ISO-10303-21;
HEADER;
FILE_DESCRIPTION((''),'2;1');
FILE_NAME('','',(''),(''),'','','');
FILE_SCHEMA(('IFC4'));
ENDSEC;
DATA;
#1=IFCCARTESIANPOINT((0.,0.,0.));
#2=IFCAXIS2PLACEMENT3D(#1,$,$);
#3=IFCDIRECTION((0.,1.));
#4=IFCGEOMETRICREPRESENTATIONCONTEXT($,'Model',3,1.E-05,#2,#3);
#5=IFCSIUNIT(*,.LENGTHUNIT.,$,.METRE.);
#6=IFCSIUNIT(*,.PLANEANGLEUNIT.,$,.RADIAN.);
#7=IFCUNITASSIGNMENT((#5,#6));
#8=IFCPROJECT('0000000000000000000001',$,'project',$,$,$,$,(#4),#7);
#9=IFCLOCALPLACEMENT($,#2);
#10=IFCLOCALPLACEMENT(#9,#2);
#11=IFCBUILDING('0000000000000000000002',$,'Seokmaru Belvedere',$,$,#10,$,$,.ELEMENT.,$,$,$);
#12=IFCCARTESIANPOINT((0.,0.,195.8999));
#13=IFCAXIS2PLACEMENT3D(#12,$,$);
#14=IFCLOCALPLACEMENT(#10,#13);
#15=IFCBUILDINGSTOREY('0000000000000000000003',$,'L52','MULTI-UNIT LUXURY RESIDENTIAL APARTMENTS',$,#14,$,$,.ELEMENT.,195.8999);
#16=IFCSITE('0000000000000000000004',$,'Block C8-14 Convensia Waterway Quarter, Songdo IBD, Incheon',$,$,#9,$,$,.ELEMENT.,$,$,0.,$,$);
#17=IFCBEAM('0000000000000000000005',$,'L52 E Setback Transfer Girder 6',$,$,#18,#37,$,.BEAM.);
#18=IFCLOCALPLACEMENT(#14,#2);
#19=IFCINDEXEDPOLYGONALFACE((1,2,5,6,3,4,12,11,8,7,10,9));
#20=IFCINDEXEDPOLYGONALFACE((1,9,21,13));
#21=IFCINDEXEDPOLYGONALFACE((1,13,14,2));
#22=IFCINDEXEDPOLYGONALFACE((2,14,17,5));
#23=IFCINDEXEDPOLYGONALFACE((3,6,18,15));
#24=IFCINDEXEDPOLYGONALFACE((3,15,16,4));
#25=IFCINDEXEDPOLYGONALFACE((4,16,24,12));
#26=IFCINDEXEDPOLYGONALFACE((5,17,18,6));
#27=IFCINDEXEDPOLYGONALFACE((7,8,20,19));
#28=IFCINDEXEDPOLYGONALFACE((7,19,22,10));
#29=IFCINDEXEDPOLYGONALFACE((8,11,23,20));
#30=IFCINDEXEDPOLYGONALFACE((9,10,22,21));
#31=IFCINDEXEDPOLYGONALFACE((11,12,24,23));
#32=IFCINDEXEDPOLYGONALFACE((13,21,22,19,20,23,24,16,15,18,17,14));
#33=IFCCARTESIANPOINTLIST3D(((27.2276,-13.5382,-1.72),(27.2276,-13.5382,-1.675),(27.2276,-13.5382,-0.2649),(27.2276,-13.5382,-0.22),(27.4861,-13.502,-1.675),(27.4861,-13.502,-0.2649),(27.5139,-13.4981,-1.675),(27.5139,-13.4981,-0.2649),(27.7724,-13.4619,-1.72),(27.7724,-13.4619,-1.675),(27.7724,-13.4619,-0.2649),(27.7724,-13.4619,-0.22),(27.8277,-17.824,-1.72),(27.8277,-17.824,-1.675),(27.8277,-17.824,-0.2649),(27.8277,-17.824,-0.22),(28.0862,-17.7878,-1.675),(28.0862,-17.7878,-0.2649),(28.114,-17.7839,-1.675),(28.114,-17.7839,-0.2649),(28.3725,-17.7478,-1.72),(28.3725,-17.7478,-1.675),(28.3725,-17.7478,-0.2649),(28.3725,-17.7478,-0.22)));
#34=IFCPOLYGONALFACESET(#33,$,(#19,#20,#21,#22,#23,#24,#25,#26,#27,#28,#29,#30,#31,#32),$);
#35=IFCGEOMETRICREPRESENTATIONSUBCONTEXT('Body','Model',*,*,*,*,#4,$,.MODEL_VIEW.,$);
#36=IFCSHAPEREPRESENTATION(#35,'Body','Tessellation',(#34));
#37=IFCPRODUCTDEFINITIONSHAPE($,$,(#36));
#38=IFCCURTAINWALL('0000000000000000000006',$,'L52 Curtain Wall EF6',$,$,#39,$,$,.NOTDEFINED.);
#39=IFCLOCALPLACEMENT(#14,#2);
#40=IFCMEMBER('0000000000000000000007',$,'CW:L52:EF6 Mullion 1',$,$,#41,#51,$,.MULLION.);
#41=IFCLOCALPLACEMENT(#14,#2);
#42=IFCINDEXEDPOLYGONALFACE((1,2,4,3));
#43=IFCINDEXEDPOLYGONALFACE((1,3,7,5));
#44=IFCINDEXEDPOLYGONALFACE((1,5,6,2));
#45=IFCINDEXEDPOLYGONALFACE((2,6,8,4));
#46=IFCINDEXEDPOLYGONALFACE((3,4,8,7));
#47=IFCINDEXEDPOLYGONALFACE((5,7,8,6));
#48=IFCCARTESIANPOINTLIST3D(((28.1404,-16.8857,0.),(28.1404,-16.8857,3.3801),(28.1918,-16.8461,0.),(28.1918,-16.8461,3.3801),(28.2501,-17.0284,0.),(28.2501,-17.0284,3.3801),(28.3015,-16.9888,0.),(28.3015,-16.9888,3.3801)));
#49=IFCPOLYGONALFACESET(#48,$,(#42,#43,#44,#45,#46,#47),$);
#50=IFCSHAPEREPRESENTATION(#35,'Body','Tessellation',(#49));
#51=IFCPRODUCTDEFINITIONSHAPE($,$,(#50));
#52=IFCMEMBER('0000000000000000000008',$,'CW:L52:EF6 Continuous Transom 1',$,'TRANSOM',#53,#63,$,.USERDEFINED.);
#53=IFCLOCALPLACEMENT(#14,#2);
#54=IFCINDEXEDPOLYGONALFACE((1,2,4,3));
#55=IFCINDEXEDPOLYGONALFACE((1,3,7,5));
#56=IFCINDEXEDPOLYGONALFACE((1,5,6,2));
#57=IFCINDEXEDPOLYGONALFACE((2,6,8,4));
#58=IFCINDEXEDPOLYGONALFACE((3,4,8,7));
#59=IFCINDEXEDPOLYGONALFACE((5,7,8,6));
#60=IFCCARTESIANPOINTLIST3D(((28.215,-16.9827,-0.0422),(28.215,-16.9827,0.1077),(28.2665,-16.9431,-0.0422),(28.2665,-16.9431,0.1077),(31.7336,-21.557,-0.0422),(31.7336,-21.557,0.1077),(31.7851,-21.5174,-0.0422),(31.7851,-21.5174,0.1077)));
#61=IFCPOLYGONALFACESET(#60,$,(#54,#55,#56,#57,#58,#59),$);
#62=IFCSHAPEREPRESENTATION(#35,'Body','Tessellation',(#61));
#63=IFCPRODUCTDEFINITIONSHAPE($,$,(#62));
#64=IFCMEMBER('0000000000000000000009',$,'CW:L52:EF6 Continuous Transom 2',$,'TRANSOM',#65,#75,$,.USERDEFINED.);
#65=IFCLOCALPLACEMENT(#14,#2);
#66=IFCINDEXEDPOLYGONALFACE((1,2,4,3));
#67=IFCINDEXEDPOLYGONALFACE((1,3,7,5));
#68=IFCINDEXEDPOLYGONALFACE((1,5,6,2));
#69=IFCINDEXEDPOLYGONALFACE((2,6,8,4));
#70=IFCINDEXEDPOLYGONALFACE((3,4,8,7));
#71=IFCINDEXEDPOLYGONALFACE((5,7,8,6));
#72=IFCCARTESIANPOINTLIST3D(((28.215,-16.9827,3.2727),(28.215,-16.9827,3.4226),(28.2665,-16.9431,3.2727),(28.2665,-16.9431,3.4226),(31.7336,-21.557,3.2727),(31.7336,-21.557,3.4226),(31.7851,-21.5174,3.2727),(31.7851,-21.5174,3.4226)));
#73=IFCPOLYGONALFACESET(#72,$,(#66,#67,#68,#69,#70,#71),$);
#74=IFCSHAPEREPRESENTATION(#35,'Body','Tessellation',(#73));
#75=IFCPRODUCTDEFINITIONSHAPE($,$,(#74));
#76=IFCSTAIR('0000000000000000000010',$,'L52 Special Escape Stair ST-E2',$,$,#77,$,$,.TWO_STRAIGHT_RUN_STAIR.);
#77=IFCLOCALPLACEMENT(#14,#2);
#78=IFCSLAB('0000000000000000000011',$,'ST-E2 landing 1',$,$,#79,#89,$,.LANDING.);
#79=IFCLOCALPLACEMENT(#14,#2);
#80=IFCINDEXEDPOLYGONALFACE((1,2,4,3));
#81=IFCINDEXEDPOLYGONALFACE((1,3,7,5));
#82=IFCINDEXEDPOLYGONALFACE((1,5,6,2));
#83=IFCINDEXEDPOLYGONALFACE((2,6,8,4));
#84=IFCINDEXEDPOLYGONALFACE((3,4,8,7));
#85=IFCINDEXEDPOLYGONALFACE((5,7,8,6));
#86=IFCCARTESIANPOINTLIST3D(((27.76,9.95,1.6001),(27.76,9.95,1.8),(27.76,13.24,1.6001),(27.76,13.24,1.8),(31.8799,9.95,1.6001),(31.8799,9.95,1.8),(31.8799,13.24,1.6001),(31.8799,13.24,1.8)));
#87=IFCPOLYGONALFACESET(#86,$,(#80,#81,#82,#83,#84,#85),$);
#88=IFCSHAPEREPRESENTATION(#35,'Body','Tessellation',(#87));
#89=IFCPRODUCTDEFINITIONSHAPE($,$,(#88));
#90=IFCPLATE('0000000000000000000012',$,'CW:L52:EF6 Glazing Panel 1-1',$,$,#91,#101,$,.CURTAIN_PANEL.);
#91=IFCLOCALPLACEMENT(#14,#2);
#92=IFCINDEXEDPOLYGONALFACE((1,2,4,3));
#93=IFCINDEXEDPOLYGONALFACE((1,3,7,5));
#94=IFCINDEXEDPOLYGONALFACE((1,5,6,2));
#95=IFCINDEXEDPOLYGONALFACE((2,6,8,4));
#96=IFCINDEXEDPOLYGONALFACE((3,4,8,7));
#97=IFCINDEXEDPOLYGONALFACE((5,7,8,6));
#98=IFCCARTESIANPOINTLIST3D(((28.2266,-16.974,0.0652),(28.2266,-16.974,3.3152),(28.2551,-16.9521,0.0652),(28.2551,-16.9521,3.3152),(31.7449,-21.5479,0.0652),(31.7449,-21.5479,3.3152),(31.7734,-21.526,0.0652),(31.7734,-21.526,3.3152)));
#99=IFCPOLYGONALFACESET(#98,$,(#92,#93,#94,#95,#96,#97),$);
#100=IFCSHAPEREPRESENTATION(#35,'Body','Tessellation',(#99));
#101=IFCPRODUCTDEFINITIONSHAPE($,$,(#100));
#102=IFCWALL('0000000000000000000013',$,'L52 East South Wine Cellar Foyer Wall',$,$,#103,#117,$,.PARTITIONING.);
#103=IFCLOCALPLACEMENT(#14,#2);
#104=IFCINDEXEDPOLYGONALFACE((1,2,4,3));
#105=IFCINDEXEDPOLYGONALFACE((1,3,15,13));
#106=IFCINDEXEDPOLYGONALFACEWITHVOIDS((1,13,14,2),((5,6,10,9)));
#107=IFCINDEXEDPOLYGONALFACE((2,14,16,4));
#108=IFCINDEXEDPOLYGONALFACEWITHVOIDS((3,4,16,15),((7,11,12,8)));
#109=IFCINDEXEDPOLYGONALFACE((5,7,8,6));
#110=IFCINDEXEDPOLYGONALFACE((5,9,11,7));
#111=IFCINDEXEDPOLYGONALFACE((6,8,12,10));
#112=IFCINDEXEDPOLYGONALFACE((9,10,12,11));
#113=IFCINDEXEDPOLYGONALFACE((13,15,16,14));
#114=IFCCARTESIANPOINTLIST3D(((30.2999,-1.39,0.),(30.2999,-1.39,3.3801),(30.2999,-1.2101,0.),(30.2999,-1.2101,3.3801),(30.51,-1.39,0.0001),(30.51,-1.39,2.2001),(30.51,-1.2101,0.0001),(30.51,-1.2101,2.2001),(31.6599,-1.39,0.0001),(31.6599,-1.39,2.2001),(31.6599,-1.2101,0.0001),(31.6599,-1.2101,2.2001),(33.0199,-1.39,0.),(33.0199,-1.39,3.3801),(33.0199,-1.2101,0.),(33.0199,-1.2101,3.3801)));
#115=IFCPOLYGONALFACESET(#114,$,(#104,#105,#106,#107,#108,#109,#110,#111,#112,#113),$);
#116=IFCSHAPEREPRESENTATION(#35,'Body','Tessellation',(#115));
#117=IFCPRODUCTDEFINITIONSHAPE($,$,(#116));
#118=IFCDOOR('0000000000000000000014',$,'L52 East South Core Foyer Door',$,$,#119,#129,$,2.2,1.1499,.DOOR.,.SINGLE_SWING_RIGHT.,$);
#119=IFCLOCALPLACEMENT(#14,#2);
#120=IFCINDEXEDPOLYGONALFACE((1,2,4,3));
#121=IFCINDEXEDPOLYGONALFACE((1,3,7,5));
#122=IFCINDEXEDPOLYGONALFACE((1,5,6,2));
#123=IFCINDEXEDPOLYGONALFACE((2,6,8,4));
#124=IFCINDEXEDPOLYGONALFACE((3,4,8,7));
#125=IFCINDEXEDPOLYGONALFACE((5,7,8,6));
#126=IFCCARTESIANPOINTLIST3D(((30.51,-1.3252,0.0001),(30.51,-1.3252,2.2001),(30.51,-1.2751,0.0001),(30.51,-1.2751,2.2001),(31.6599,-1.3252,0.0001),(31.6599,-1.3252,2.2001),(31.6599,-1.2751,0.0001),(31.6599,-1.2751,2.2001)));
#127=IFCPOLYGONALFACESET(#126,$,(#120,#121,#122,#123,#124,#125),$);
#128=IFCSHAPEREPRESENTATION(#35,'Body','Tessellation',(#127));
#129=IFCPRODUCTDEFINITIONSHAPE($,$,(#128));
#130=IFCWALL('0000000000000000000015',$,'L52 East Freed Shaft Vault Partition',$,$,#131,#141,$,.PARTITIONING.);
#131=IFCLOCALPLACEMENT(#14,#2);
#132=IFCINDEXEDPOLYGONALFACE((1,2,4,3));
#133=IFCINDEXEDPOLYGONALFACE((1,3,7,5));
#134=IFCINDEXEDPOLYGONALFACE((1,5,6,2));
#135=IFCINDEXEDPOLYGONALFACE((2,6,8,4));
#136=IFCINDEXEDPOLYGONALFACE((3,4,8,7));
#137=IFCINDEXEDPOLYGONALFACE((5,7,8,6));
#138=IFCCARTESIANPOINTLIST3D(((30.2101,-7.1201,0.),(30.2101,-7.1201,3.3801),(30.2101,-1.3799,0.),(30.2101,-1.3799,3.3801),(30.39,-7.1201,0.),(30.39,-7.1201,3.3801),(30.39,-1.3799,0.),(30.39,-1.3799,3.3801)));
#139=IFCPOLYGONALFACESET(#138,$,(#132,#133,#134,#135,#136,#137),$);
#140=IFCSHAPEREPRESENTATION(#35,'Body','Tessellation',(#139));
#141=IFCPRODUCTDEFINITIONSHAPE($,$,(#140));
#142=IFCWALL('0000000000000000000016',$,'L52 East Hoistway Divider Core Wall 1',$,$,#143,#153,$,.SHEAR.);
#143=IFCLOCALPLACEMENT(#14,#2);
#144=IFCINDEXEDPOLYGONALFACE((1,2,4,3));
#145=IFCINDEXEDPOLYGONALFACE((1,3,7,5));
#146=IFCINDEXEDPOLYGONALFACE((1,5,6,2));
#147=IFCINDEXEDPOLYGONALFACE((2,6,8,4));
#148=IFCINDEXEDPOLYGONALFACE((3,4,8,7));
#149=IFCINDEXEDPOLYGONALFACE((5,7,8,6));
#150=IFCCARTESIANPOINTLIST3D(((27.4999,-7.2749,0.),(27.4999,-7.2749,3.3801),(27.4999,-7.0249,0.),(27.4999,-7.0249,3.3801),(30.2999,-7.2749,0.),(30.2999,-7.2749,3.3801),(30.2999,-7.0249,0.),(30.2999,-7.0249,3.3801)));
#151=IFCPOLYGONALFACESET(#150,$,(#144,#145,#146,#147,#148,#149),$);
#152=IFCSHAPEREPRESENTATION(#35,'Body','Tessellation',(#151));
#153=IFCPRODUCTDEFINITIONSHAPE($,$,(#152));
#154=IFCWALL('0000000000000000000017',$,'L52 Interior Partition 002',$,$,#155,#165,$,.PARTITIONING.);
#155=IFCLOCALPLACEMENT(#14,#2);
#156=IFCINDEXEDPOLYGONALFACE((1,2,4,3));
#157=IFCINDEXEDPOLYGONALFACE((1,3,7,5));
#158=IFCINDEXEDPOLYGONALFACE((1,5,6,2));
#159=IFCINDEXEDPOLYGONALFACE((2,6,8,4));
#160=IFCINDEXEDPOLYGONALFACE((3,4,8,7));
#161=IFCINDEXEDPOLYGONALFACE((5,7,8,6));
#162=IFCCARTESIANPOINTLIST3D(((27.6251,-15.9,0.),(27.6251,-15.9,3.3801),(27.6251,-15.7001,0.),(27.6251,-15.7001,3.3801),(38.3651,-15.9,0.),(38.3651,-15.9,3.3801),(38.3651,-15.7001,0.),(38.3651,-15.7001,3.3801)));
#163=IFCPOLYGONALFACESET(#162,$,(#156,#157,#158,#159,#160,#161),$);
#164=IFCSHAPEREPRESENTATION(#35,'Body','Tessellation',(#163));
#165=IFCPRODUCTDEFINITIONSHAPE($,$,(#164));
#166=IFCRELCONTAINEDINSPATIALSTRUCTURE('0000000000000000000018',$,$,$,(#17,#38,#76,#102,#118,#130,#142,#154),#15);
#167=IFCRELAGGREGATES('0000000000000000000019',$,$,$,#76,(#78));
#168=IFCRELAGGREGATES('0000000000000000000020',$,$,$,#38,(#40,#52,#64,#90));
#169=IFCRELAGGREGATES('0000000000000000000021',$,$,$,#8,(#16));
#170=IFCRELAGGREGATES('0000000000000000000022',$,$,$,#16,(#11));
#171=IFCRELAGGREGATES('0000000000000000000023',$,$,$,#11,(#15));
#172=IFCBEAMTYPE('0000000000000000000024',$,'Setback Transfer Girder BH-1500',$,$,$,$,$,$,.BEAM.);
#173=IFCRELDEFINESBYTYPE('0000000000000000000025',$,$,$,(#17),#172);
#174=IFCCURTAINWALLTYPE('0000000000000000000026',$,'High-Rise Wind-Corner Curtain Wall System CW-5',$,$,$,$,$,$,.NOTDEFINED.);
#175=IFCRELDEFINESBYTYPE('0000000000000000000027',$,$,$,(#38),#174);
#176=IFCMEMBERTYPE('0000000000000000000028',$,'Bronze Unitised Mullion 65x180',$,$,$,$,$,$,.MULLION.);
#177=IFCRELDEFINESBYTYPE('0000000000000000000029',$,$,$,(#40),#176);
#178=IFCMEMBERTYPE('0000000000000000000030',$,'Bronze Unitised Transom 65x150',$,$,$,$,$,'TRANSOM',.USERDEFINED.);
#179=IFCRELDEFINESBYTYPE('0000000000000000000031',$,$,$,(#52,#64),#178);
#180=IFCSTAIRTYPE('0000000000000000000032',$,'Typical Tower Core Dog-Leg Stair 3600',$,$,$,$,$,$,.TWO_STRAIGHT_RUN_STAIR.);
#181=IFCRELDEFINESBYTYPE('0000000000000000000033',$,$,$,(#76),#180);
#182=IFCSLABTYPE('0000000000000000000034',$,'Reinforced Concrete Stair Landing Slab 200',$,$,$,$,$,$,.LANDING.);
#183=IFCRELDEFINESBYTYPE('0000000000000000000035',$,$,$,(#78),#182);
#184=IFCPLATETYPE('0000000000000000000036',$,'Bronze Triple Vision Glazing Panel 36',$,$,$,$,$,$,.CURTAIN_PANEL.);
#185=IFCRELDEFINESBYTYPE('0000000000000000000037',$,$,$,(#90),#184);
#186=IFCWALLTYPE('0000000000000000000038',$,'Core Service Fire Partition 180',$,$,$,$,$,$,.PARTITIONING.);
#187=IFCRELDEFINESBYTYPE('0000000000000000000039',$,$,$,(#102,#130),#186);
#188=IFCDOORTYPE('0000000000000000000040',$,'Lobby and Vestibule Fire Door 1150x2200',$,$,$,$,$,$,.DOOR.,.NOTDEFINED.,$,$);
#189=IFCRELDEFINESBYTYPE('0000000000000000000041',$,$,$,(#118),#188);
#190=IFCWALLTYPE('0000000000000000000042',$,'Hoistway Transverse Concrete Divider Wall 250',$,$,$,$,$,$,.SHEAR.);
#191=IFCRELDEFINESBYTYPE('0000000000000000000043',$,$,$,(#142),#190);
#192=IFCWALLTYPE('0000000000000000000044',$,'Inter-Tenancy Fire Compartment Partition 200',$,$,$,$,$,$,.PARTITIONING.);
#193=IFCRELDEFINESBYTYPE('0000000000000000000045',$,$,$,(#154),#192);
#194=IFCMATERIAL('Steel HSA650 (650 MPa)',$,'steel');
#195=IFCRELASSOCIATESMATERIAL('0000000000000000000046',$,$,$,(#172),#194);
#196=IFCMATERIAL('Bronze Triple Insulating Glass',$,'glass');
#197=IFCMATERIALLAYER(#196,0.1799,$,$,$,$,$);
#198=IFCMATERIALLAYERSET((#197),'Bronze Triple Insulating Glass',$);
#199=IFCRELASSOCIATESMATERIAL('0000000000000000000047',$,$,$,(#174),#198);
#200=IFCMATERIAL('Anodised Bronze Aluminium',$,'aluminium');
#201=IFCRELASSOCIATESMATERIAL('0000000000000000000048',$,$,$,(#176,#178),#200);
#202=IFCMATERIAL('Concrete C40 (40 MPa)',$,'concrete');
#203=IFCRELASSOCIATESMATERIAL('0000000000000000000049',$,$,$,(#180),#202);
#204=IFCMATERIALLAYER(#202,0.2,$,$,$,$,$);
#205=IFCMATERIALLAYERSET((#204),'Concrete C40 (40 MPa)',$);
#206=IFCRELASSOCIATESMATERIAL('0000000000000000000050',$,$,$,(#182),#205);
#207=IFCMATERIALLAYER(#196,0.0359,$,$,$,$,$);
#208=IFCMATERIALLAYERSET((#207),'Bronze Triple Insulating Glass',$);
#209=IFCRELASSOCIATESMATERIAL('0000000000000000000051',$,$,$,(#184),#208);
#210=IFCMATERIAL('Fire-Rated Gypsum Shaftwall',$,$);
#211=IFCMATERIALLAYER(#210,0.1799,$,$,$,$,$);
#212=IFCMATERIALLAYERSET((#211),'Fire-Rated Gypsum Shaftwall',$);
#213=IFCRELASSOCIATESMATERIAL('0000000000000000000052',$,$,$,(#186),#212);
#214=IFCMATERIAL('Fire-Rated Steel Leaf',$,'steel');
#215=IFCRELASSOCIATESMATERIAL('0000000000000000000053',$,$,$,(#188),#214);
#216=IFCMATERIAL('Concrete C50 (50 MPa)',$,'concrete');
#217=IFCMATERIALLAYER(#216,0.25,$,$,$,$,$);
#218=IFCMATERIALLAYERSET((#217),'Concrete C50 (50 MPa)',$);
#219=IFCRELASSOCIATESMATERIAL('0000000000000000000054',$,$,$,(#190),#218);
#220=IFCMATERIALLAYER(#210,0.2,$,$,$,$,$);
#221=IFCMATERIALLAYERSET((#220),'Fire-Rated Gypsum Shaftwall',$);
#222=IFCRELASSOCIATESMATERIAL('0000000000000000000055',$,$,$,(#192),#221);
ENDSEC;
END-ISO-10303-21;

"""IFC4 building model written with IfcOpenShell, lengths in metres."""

from ifc_helpers import new_model, si_unit, direction, frame, frame_2d, origin, origin_2d, place, context, subcontext, project, spatial, polyline, rectangle, i_section, outline, extrude, source, transform, mapped, material, layer, layer_set, material_profile, profile_set, type_object, type_shapes, element, fill, aggregate, save


model = new_model("IFC4")

# Units and contexts
model_context = context("Model", 3, precision=1e-05, world=origin(), true_north=direction((0.0, 1.0)))
body_context = subcontext(model_context, "Body", "Model", "MODEL_VIEW")
ifc_project = project(units=[si_unit("LENGTHUNIT", "METRE"), si_unit("PLANEANGLEUNIT", "RADIAN")], contexts=[model_context])

# Site, building, storey
site_placement = place(None, origin())
site = spatial("IfcSite", under=ifc_project, at=site_placement, Name="Block C8-14 Convensia Waterway Quarter, Songdo IBD, Incheon", CompositionType="ELEMENT", RefElevation=0.0)
building_placement = place(site_placement, origin())
building = spatial("IfcBuilding", under=site, at=building_placement, Name="Seokmaru Belvedere", CompositionType="ELEMENT")
storey_placement = place(building_placement, frame((0.0, 0.0, 195.8999)))
storey = spatial("IfcBuildingStorey", under=building, at=storey_placement, Name="L52", Description="MULTI-UNIT LUXURY RESIDENTIAL APARTMENTS", CompositionType="ELEMENT", Elevation=195.8999)

# Shared definitions
ifc_material_1 = material(Name="Steel HSA650 (650 MPa)", Category="steel")

# Beam
ifc_material_profile_1 = material_profile(ifc_material_1, i_section(OverallWidth=0.55, OverallDepth=1.5, WebThickness=0.0281, FlangeThickness=0.0449, at=origin_2d()), Name="BH-1500x550x28x45")
ifc_profile_set_1 = profile_set([ifc_material_profile_1], Name="Steel HSA650 (650 MPa)")
beam_type_1 = type_object("IfcBeamType", Name="Setback Transfer Girder BH-1500", PredefinedType="BEAM", material=ifc_profile_set_1)
shared_shape_1 = source(origin(), body_context, "Body", "SweptSolid", [
    extrude(i_section(OverallWidth=0.55, OverallDepth=1.5, WebThickness=0.0281, FlangeThickness=0.0449, at=origin_2d()), origin(), (0.0, 0.0, 1.0), 4.3276),
])
beam_1_placement = place(storey_placement, frame((28.1001, -17.7859, -0.97), z_axis=(-0.138664, 0.990339, 0.0), x_axis=(-0.990339, -0.138664, 0.0)))
element("IfcBeam", 1, at=beam_1_placement, inside=storey, type_object=beam_type_1, Name="L52 E Setback Transfer Girder 6", PredefinedType="BEAM", context=body_context, shape_type="MappedRepresentation", body=[
    mapped(shared_shape_1, transform((0.0, 0.0, 0.0), scale=1.0)),
])

# Curtain wall, members
ifc_material_2 = material(Name="Bronze Triple Insulating Glass", Category="glass")
ifc_layer_1 = layer(ifc_material_2, 0.1799)
ifc_layer_set_1 = layer_set([ifc_layer_1], Name="Bronze Triple Insulating Glass")
curtain_wall_type = type_object("IfcCurtainWallType", Name="High-Rise Wind-Corner Curtain Wall System CW-5", PredefinedType="NOTDEFINED", material=ifc_layer_set_1)
curtain_wall_placement = place(storey_placement, origin())
curtain_wall = element("IfcCurtainWall", 2, at=curtain_wall_placement, inside=storey, type_object=curtain_wall_type, Name="L52 Curtain Wall EF6", PredefinedType="NOTDEFINED")
ifc_material_3 = material(Name="Anodised Bronze Aluminium", Category="aluminium")
ifc_material_profile_2 = material_profile(ifc_material_3, rectangle(XDim=0.0649, YDim=0.1799, at=origin_2d()), Name="CW-M-65x180")
ifc_profile_set_2 = profile_set([ifc_material_profile_2], Name="Anodised Bronze Aluminium")
member_type_1 = type_object("IfcMemberType", Name="Bronze Unitised Mullion 65x180", PredefinedType="MULLION", material=ifc_profile_set_2)
shared_shape_2 = source(origin(), body_context, "Body", "SweptSolid", [
    extrude(rectangle(XDim=0.0649, YDim=0.1799, at=origin_2d()), origin(), (0.0, 0.0, 1.0), 3.3801),
])
type_shapes(member_type_1, [shared_shape_2])
member_1_placement = place(storey_placement, frame((28.2209, -16.9373, 0.0), z_axis=(0.0, 0.0, 1.0), x_axis=(0.792631, 0.609701, 0.0)))
member_1 = element("IfcMember", 3, at=member_1_placement, type_object=member_type_1, Name="CW:L52:EF6 Mullion 1", PredefinedType="MULLION", context=body_context, shape_type="MappedRepresentation", body=[
    mapped(shared_shape_2, transform((0.0, 0.0, 0.0), scale=1.0)),
])
ifc_material_profile_3 = material_profile(ifc_material_3, rectangle(XDim=0.0649, YDim=0.1499, at=origin_2d()), Name="CW-T-65x150")
ifc_profile_set_3 = profile_set([ifc_material_profile_3], Name="Anodised Bronze Aluminium")
member_type_2 = type_object("IfcMemberType", Name="Bronze Unitised Transom 65x150", ElementType="TRANSOM", PredefinedType="USERDEFINED", material=ifc_profile_set_3)
shared_shape_3 = source(origin(), body_context, "Body", "SweptSolid", [
    extrude(rectangle(XDim=0.0649, YDim=0.1499, at=origin_2d()), origin(), (0.0, 0.0, 1.0), 5.771),
])
type_shapes(member_type_2, [shared_shape_3])
member_2_placement = place(storey_placement, frame((28.2407, -16.9629, 0.0327), z_axis=(0.609703, -0.79263, 0.0), x_axis=(0.79263, 0.609703, 0.0)))
member_2 = element("IfcMember", 4, at=member_2_placement, type_object=member_type_2, Name="CW:L52:EF6 Continuous Transom 1", ObjectType="TRANSOM", PredefinedType="USERDEFINED", context=body_context, shape_type="MappedRepresentation", body=[
    mapped(shared_shape_3, transform((0.0, 0.0, 0.0), scale=1.0)),
])
member_3_placement = place(storey_placement, frame((28.2407, -16.9629, 3.3477), z_axis=(0.609703, -0.79263, 0.0), x_axis=(0.79263, 0.609703, 0.0)))
member_3 = element("IfcMember", 5, at=member_3_placement, type_object=member_type_2, Name="CW:L52:EF6 Continuous Transom 2", ObjectType="TRANSOM", PredefinedType="USERDEFINED", context=body_context, shape_type="MappedRepresentation", body=[
    mapped(shared_shape_3, transform((0.0, 0.0, 0.0), scale=1.0)),
])

# Stair, slab
ifc_material_4 = material(Name="Concrete C40 (40 MPa)", Category="concrete")
stair_type = type_object("IfcStairType", Name="Typical Tower Core Dog-Leg Stair 3600", PredefinedType="TWO_STRAIGHT_RUN_STAIR", material=ifc_material_4)
stair_placement = place(storey_placement, origin())
stair = element("IfcStair", 6, at=stair_placement, inside=storey, type_object=stair_type, Name="L52 Special Escape Stair ST-E2", PredefinedType="TWO_STRAIGHT_RUN_STAIR")
ifc_layer_2 = layer(ifc_material_4, 0.2)
ifc_layer_set_2 = layer_set([ifc_layer_2], Name="Concrete C40 (40 MPa)")
slab_type = type_object("IfcSlabType", Name="Reinforced Concrete Stair Landing Slab 200", PredefinedType="LANDING", material=ifc_layer_set_2)
slab_placement = place(storey_placement, frame((0.0, 0.0, 1.6001)))
slab = element("IfcSlab", 7, at=slab_placement, type_object=slab_type, Name="ST-E2 landing 1", PredefinedType="LANDING", context=body_context, shape_type="SweptSolid", body=[
    extrude(outline(polyline([(27.76, 9.95), (31.8799, 9.95), (31.8799, 13.24), (27.76, 13.24), (27.76, 9.95)])), origin(), (0.0, 0.0, 1.0), 0.2),
])
aggregate(stair, [slab])

# Plate
ifc_layer_3 = layer(ifc_material_2, 0.0359)
ifc_layer_set_3 = layer_set([ifc_layer_3], Name="Bronze Triple Insulating Glass")
plate_type = type_object("IfcPlateType", Name="Bronze Triple Vision Glazing Panel 36", PredefinedType="CURTAIN_PANEL", material=ifc_layer_set_3)
shared_shape_4 = source(origin(), body_context, "Body", "SweptSolid", [
    extrude(rectangle(XDim=5.7705, YDim=0.0359, at=origin_2d()), origin(), (0.0, 0.0, 1.0), 3.25),
])
type_shapes(plate_type, [shared_shape_4])
plate_placement = place(storey_placement, frame((30.0, -19.25, 0.0652), z_axis=(0.0, 0.0, 1.0), x_axis=(0.609701, -0.792631, 0.0)))
plate = element("IfcPlate", 8, at=plate_placement, type_object=plate_type, Name="CW:L52:EF6 Glazing Panel 1-1", PredefinedType="CURTAIN_PANEL", context=body_context, shape_type="MappedRepresentation", body=[
    mapped(shared_shape_4, transform((0.0, 0.0, 0.0), scale=1.0)),
])
aggregate(curtain_wall, [member_1, member_2, member_3, plate])

# Wall, opening, door
ifc_material_5 = material(Name="Fire-Rated Gypsum Shaftwall")
ifc_layer_4 = layer(ifc_material_5, 0.1799)
ifc_layer_set_4 = layer_set([ifc_layer_4], Name="Fire-Rated Gypsum Shaftwall")
wall_type_1 = type_object("IfcWallType", Name="Core Service Fire Partition 180", PredefinedType="PARTITIONING", material=ifc_layer_set_4)
ifc_material_6 = material(Name="Fire-Rated Steel Leaf", Category="steel")
wall_1_placement = place(storey_placement, frame((30.3, -1.3, 0.0), z_axis=(0.0, 0.0, 1.0), x_axis=(1.0, 0.0, 0.0)))
wall_1 = element("IfcWall", 9, at=wall_1_placement, inside=storey, type_object=wall_type_1, Name="L52 East South Wine Cellar Foyer Wall", PredefinedType="PARTITIONING", context=body_context, shape_type="SweptSolid", body=[
    extrude(rectangle(XDim=2.72, YDim=0.1799, at=frame_2d((1.3599, 0.0))), origin(), (0.0, 0.0, 1.0), 3.3801),
])
opening_1_placement = place(wall_1_placement, frame((0.21, 0.0, 0.0)))
opening_1 = element("IfcOpeningElement", 10, at=opening_1_placement, cuts=wall_1, PredefinedType="OPENING", context=body_context, shape_type="SweptSolid", body=[
    extrude(rectangle(XDim=1.1499, YDim=2.2, at=frame_2d((0.575, 1.1001))), frame((0.0, 0.1001, 0.0), z_axis=(0.0, -1.0, 0.0), x_axis=(1.0, 0.0, 0.0)), (0.0, 0.0, 1.0), 0.2),
])
door_type_1 = type_object("IfcDoorType", Name="Lobby and Vestibule Fire Door 1150x2200", OperationType="NOTDEFINED", PredefinedType="DOOR", material=ifc_material_6)
shared_shape_5 = source(origin(), body_context, "Body", "SweptSolid", [
    extrude(rectangle(XDim=1.1499, YDim=2.2, at=frame_2d((0.575, 1.1001))), frame((0.0, 0.0249, 0.0), z_axis=(0.0, -1.0, 0.0), x_axis=(1.0, 0.0, 0.0)), (0.0, 0.0, 1.0), 0.05),
])
type_shapes(door_type_1, [shared_shape_5])
door_1_placement = place(opening_1_placement, origin())
door_1 = element("IfcDoor", 11, at=door_1_placement, inside=storey, type_object=door_type_1, Name="L52 East South Core Foyer Door", OperationType="SINGLE_SWING_RIGHT", OverallHeight=2.2, OverallWidth=1.1499, PredefinedType="DOOR", context=body_context, shape_type="MappedRepresentation", body=[
    mapped(shared_shape_5, transform((0.0, 0.0, 0.0), scale=1.0)),
])
fill(opening_1, door_1)

# Walls
wall_2_placement = place(storey_placement, frame((30.3, -7.1201, 0.0), z_axis=(0.0, 0.0, 1.0), x_axis=(0.0, 1.0, 0.0)))
element("IfcWall", 12, at=wall_2_placement, inside=storey, type_object=wall_type_1, Name="L52 East Freed Shaft Vault Partition", PredefinedType="PARTITIONING", context=body_context, shape_type="SweptSolid", body=[
    extrude(rectangle(XDim=5.7402, YDim=0.1799, at=frame_2d((2.8701, 0.0))), origin(), (0.0, 0.0, 1.0), 3.3801),
])
ifc_material_7 = material(Name="Concrete C50 (50 MPa)", Category="concrete")
ifc_layer_5 = layer(ifc_material_7, 0.25)
ifc_layer_set_5 = layer_set([ifc_layer_5], Name="Concrete C50 (50 MPa)")
wall_type_2 = type_object("IfcWallType", Name="Hoistway Transverse Concrete Divider Wall 250", PredefinedType="SHEAR", material=ifc_layer_set_5)
wall_3_placement = place(storey_placement, frame((27.5, -7.1499, 0.0), z_axis=(0.0, 0.0, 1.0), x_axis=(1.0, 0.0, 0.0)))
element("IfcWall", 13, at=wall_3_placement, inside=storey, type_object=wall_type_2, Name="L52 East Hoistway Divider Core Wall 1", PredefinedType="SHEAR", context=body_context, shape_type="SweptSolid", body=[
    extrude(rectangle(XDim=2.8, YDim=0.25, at=frame_2d((1.3999, 0.0))), origin(), (0.0, 0.0, 1.0), 3.3801),
])
ifc_layer_6 = layer(ifc_material_5, 0.2)
ifc_layer_set_6 = layer_set([ifc_layer_6], Name="Fire-Rated Gypsum Shaftwall")
wall_type_3 = type_object("IfcWallType", Name="Inter-Tenancy Fire Compartment Partition 200", PredefinedType="PARTITIONING", material=ifc_layer_set_6)
wall_4_placement = place(storey_placement, frame((27.625, -15.8, 0.0), z_axis=(0.0, 0.0, 1.0), x_axis=(1.0, 0.0, 0.0)))
element("IfcWall", 14, at=wall_4_placement, inside=storey, type_object=wall_type_3, Name="L52 Interior Partition 002", PredefinedType="PARTITIONING", context=body_context, shape_type="SweptSolid", body=[
    extrude(rectangle(XDim=10.74, YDim=0.2, at=frame_2d((5.3701, 0.0))), origin(), (0.0, 0.0, 1.0), 3.3801),
])

save(model, "model.ifc")
